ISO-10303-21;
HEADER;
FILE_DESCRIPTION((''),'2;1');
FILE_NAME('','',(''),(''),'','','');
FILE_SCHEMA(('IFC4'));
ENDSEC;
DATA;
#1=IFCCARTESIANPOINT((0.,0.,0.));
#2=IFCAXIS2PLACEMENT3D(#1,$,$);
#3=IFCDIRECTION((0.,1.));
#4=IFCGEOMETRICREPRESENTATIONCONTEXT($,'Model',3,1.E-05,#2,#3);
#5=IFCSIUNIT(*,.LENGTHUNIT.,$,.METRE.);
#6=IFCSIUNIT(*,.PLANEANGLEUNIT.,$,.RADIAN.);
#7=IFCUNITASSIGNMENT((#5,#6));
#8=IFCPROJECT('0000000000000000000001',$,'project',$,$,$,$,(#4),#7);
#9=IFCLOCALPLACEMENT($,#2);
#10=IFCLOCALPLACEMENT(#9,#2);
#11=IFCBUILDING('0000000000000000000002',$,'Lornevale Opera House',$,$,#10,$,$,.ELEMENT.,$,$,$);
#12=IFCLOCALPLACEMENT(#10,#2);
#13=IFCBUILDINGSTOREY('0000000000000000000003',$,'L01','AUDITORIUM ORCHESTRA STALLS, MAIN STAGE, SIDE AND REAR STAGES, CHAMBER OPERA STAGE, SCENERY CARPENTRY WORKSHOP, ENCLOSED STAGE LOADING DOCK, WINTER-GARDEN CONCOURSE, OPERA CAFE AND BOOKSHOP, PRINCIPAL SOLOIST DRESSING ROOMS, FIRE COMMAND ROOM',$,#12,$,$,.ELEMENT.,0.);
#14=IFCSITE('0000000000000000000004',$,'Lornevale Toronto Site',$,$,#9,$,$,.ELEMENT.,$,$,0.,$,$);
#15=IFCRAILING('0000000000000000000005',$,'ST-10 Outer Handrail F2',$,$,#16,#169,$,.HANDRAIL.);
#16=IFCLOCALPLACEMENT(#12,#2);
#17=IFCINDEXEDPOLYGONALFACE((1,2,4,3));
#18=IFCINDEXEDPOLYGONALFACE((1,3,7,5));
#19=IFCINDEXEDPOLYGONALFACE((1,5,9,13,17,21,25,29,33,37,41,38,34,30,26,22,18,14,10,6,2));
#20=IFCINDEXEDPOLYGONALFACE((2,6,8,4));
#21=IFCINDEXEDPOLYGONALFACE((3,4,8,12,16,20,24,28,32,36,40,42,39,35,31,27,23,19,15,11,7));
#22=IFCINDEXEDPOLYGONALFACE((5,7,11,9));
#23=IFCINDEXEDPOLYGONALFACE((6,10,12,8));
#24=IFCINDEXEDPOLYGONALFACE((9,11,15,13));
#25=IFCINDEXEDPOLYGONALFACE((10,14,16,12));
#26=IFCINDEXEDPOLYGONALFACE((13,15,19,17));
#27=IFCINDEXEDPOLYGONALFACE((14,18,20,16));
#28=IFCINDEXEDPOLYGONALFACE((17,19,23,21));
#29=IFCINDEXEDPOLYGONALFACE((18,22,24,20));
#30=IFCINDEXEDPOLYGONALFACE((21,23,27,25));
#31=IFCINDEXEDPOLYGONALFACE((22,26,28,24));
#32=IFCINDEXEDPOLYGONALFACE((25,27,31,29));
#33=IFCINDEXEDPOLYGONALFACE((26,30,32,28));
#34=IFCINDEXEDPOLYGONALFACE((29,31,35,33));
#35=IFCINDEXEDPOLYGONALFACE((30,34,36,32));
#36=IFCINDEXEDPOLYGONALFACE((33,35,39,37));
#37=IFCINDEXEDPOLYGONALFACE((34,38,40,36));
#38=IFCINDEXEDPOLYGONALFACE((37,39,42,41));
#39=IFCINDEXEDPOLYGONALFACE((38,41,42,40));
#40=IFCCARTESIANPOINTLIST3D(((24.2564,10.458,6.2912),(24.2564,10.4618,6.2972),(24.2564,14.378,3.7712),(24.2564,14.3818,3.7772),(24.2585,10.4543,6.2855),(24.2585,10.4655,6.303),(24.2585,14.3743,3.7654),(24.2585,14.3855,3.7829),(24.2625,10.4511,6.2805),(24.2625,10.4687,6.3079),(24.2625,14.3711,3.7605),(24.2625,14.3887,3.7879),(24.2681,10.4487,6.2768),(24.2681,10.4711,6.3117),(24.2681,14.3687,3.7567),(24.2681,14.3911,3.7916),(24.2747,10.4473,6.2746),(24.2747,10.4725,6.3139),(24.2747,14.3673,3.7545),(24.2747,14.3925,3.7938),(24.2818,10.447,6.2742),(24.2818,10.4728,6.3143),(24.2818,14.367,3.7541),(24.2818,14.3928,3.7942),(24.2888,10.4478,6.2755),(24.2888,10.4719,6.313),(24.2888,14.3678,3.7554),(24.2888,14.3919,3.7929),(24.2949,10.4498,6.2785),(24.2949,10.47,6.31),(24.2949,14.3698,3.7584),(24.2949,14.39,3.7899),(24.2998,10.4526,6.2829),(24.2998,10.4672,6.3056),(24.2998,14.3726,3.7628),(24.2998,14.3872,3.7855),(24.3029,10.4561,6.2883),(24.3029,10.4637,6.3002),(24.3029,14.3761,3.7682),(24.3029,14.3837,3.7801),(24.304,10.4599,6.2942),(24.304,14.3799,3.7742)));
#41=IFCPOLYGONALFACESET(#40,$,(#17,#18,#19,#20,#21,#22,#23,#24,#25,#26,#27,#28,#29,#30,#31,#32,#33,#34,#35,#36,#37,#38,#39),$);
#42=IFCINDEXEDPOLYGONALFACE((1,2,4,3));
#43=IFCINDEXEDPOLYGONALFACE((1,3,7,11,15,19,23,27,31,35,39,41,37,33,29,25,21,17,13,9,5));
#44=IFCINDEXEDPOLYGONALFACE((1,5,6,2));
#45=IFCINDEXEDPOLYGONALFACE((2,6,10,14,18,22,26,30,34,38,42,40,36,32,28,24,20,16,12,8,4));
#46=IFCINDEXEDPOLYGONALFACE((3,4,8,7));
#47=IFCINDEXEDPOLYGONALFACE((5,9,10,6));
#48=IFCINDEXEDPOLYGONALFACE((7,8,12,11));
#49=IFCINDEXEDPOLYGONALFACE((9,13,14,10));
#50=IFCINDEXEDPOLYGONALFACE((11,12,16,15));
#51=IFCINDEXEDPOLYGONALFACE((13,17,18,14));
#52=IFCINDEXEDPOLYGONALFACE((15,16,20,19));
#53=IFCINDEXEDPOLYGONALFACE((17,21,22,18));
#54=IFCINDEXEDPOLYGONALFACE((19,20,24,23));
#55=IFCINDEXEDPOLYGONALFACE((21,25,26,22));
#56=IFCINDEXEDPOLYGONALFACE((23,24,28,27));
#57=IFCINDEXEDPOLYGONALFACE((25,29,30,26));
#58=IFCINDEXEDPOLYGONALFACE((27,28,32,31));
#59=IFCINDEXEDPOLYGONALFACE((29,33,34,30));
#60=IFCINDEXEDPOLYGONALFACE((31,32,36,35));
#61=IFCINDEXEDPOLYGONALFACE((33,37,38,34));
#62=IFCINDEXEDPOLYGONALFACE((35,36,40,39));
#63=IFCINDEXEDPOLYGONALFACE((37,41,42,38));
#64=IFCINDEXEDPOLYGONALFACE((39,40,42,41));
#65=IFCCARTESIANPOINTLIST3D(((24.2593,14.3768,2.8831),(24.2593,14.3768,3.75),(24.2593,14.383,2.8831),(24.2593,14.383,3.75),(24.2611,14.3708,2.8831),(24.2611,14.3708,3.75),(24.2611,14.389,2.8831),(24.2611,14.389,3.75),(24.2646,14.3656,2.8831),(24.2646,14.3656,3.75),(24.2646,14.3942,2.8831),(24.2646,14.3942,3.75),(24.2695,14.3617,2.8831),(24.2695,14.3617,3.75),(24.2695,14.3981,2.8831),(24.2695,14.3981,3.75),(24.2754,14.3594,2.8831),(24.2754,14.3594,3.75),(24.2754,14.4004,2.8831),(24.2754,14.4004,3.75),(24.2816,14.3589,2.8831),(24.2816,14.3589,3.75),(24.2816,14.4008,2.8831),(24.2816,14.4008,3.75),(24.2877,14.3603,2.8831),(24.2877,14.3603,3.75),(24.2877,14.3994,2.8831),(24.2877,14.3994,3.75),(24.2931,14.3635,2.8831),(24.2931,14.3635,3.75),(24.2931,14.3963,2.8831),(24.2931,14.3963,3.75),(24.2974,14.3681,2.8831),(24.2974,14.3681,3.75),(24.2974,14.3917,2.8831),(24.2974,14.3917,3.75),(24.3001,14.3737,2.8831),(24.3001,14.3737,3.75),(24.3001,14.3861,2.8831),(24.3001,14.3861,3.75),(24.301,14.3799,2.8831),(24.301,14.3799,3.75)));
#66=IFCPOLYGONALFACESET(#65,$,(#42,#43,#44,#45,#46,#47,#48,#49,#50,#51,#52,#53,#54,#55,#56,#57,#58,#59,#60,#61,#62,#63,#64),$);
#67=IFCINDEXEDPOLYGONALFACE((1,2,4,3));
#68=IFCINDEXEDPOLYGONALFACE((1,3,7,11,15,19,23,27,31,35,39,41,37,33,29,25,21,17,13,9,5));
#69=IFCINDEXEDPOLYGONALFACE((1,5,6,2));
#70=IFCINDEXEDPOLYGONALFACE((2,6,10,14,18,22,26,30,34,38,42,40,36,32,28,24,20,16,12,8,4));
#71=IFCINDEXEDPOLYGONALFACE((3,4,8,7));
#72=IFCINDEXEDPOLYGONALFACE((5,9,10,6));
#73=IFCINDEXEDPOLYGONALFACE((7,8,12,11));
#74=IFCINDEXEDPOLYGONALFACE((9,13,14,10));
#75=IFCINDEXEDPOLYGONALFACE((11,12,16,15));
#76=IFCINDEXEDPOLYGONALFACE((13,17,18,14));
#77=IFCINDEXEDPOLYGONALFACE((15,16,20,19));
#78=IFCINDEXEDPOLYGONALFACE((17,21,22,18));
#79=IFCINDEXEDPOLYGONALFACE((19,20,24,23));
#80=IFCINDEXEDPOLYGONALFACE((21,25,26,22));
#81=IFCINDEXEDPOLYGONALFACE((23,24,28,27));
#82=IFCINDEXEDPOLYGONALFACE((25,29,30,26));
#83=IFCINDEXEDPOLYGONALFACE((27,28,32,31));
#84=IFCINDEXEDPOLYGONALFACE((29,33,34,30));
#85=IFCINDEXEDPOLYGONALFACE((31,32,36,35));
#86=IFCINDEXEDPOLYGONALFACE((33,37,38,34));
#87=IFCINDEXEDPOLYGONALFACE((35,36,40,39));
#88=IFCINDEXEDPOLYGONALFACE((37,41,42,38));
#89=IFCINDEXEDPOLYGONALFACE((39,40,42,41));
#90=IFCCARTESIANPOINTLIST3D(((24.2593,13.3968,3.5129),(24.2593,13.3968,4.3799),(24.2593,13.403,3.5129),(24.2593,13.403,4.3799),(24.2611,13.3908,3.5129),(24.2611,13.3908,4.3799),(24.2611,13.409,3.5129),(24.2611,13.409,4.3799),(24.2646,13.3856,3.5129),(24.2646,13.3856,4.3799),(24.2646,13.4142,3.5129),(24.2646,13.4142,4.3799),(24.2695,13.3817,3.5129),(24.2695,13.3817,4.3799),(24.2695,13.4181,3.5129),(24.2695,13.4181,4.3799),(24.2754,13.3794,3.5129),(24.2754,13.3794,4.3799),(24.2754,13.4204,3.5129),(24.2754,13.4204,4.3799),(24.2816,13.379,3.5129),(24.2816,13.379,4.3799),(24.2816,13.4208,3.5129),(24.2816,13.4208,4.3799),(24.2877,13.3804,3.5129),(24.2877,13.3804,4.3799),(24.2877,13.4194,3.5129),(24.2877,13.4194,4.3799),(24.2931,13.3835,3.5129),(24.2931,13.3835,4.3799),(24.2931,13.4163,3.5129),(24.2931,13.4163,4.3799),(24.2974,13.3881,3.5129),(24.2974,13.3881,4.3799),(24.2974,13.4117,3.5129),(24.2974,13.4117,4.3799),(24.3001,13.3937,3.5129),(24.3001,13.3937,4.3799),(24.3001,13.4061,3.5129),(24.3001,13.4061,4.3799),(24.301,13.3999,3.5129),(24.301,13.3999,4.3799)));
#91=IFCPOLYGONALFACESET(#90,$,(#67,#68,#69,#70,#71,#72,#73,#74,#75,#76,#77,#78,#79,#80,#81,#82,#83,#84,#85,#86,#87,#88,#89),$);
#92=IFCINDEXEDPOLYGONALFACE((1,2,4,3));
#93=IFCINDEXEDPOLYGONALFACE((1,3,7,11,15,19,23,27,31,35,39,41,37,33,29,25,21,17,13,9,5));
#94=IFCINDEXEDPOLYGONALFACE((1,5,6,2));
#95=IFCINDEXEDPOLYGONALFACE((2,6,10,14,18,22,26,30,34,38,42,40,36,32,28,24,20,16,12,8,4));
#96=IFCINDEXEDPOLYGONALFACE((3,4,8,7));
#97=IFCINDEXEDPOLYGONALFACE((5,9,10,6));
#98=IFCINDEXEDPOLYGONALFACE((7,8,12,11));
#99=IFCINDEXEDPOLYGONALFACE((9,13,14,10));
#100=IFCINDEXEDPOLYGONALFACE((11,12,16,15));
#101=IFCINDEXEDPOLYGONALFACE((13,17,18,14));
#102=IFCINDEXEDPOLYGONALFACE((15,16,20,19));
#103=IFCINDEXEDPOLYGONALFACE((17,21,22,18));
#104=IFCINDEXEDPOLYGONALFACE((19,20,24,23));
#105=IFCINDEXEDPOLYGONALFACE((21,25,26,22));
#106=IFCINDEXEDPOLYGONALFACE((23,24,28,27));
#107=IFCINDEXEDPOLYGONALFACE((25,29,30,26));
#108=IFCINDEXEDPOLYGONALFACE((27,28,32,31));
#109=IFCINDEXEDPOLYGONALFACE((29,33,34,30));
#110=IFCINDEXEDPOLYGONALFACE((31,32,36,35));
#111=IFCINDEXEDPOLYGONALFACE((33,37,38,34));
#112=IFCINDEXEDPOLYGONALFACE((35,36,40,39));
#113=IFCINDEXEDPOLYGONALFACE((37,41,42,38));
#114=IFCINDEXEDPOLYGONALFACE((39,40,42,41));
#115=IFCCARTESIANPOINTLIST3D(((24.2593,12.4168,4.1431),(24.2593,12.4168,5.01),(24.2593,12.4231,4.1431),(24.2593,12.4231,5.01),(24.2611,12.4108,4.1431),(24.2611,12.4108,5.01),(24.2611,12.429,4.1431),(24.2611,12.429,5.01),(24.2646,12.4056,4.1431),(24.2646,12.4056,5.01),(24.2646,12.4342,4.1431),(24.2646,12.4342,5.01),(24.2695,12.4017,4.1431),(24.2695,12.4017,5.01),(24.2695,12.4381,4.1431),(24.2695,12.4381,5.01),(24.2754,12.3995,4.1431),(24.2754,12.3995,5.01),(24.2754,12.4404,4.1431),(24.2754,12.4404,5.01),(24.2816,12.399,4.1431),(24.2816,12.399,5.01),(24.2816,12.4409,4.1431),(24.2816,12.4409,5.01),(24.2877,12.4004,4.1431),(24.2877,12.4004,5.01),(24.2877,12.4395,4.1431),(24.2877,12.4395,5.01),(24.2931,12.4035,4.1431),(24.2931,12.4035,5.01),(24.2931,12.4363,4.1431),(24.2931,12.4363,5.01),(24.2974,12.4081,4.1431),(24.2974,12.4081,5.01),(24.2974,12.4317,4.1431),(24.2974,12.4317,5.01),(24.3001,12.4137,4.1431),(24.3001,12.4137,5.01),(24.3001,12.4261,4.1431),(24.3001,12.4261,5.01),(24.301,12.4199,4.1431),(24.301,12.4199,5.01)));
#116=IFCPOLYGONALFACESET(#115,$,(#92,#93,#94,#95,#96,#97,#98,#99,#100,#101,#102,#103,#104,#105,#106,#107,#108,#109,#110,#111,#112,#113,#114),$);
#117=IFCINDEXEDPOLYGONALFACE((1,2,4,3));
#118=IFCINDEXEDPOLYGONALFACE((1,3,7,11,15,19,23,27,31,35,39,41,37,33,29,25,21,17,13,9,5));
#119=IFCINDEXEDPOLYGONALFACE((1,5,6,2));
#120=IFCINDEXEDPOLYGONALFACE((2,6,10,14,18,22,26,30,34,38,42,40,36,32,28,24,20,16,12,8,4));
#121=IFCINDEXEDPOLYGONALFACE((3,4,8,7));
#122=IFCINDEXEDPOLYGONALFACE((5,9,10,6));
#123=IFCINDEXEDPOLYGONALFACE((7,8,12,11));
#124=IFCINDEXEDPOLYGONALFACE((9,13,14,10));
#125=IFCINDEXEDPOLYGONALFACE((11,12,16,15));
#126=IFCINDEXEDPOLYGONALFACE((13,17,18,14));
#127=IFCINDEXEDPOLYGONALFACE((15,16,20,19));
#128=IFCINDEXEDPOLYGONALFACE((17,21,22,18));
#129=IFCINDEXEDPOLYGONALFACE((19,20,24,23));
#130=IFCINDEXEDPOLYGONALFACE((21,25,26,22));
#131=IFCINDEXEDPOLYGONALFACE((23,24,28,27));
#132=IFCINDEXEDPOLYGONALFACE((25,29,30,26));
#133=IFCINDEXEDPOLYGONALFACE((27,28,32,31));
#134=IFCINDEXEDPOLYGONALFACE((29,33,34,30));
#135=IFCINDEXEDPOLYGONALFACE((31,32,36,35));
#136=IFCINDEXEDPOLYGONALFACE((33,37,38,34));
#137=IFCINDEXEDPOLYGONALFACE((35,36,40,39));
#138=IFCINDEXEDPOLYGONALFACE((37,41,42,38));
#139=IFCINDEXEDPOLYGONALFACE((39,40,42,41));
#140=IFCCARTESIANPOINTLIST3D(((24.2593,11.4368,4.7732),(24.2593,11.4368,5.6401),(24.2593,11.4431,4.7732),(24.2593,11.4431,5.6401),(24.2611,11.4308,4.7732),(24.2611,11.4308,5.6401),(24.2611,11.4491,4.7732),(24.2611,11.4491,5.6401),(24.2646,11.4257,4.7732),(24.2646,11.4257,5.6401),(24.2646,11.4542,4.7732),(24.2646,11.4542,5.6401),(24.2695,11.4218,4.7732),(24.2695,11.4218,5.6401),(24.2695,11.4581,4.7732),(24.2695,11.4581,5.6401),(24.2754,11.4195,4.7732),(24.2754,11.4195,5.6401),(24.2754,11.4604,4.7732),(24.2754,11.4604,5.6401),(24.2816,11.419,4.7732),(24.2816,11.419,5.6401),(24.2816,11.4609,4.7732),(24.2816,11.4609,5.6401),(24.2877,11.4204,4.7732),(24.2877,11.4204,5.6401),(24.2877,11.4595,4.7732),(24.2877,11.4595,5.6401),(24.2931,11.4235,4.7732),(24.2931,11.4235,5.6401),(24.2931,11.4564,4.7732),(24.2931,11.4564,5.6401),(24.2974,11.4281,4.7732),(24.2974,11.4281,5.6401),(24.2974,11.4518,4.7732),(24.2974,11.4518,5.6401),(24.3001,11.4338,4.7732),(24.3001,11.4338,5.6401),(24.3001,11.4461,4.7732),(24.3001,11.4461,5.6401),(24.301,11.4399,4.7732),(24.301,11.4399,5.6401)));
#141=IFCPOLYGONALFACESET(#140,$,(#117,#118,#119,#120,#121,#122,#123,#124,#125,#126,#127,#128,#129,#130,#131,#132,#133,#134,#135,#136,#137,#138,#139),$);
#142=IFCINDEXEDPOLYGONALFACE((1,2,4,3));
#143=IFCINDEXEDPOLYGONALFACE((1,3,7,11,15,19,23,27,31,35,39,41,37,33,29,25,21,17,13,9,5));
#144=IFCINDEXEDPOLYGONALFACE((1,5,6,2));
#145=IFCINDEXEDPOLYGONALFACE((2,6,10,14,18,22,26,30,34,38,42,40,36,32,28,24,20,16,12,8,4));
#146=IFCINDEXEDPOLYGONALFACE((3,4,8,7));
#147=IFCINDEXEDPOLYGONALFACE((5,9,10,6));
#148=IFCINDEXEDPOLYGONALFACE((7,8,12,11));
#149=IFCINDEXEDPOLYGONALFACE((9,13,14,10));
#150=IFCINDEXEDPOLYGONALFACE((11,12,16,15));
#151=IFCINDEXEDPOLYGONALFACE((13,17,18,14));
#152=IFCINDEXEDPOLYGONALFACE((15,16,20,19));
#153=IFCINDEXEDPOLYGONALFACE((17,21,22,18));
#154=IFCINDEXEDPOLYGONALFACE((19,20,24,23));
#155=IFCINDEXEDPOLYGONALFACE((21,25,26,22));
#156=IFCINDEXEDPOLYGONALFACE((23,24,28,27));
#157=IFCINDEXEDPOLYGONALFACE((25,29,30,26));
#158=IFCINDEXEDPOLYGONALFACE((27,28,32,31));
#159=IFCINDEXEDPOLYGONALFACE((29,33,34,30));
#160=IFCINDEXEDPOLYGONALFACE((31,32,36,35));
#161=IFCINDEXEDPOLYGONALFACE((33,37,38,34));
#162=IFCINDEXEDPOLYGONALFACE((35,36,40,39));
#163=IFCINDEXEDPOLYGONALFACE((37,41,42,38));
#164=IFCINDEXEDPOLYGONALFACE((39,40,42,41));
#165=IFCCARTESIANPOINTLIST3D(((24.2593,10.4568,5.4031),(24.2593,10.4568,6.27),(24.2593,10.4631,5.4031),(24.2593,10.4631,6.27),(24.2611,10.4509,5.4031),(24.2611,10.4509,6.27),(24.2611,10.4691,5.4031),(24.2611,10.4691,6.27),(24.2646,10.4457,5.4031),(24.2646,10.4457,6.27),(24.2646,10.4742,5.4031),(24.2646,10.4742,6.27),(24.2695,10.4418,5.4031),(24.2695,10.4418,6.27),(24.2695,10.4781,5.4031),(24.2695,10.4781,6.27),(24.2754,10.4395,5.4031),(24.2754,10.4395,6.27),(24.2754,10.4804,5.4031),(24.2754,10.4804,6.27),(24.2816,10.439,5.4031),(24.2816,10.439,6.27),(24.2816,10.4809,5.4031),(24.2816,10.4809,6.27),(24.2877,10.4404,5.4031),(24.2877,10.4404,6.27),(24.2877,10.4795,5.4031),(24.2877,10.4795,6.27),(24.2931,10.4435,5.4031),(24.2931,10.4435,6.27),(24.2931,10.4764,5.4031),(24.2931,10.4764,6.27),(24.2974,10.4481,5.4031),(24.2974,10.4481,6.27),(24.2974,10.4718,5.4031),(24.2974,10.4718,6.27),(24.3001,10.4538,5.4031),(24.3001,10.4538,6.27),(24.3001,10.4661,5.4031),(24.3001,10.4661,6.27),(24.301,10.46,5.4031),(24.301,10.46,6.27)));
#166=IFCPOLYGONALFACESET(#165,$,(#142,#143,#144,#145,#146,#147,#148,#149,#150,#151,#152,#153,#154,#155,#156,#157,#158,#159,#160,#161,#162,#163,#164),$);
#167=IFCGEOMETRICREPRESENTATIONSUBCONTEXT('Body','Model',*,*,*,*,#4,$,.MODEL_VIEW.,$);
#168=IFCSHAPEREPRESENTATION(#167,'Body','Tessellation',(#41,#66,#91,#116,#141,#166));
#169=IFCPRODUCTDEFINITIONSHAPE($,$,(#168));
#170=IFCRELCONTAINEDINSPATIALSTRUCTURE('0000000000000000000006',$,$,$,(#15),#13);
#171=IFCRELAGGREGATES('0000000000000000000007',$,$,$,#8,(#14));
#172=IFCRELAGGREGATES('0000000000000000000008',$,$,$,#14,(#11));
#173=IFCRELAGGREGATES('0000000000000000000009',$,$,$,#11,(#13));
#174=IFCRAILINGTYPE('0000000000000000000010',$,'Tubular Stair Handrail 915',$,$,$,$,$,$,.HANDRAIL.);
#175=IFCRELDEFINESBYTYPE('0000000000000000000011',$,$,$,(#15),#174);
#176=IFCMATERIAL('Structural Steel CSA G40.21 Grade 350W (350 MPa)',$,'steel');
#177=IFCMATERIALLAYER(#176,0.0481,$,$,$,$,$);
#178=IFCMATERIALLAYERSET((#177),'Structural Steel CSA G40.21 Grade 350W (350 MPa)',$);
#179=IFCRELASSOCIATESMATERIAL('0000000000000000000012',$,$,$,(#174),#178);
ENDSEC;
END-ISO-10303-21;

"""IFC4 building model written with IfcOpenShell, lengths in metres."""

from ifc_helpers import new_model, si_unit, direction, frame, origin, origin_2d, place, context, subcontext, project, spatial, circle, extrude, material, layer, layer_set, type_object, element, save


model = new_model("IFC4")

# Units and contexts
model_context = context("Model", 3, precision=1e-05, world=origin(), true_north=direction((0.0, 1.0)))
body_context = subcontext(model_context, "Body", "Model", "MODEL_VIEW")
ifc_project = project(units=[si_unit("LENGTHUNIT", "METRE"), si_unit("PLANEANGLEUNIT", "RADIAN")], contexts=[model_context])

# Site, building, storey
site_placement = place(None, origin())
site = spatial("IfcSite", under=ifc_project, at=site_placement, Name="Lornevale Toronto Site", CompositionType="ELEMENT", RefElevation=0.0)
building_placement = place(site_placement, origin())
building = spatial("IfcBuilding", under=site, at=building_placement, Name="Lornevale Opera House", CompositionType="ELEMENT")
storey_placement = place(building_placement, origin())
storey = spatial("IfcBuildingStorey", under=building, at=storey_placement, Name="L01", Description="AUDITORIUM ORCHESTRA STALLS, MAIN STAGE, SIDE AND REAR STAGES, CHAMBER OPERA STAGE, SCENERY CARPENTRY WORKSHOP, ENCLOSED STAGE LOADING DOCK, WINTER-GARDEN CONCOURSE, OPERA CAFE AND BOOKSHOP, PRINCIPAL SOLOIST DRESSING ROOMS, FIRE COMMAND ROOM", CompositionType="ELEMENT", Elevation=0.0)

# Railing
ifc_material_1 = material(Name="Structural Steel CSA G40.21 Grade 350W (350 MPa)", Category="steel")
ifc_layer_1 = layer(ifc_material_1, 0.0481)
ifc_layer_set_1 = layer_set([ifc_layer_1], Name="Structural Steel CSA G40.21 Grade 350W (350 MPa)")
railing_type_1 = type_object("IfcRailingType", Name="Tubular Stair Handrail 915", PredefinedType="HANDRAIL", material=ifc_layer_set_1)
railing_1_placement = place(storey_placement, frame((24.28, 14.3799, 2.8831)))
element("IfcRailing", 1, at=railing_1_placement, inside=storey, type_object=railing_type_1, Name="ST-10 Outer Handrail F2", PredefinedType="HANDRAIL", context=body_context, shape_type="SweptSolid", body=[
    extrude(circle(Radius=0.0239, at=origin_2d()), frame((0.0, 0.0, 0.8911), z_axis=(0.0, -0.841172, 0.540768), x_axis=(1.0, 0.0, 0.0)), (0.0, 0.0, 1.0), 4.6602),
    extrude(circle(Radius=0.021, at=origin_2d()), origin(), (0.0, 0.0, 1.0), 0.8669),
    extrude(circle(Radius=0.021, at=origin_2d()), frame((0.0, -0.98, 0.6299)), (0.0, 0.0, 1.0), 0.8669),
    extrude(circle(Radius=0.021, at=origin_2d()), frame((0.0, -1.96, 1.26)), (0.0, 0.0, 1.0), 0.8669),
    extrude(circle(Radius=0.021, at=origin_2d()), frame((0.0, -2.9399, 1.8901)), (0.0, 0.0, 1.0), 0.8669),
    extrude(circle(Radius=0.021, at=origin_2d()), frame((0.0, -3.9199, 2.52)), (0.0, 0.0, 1.0), 0.8669),
])

save(model, "model.ifc")
